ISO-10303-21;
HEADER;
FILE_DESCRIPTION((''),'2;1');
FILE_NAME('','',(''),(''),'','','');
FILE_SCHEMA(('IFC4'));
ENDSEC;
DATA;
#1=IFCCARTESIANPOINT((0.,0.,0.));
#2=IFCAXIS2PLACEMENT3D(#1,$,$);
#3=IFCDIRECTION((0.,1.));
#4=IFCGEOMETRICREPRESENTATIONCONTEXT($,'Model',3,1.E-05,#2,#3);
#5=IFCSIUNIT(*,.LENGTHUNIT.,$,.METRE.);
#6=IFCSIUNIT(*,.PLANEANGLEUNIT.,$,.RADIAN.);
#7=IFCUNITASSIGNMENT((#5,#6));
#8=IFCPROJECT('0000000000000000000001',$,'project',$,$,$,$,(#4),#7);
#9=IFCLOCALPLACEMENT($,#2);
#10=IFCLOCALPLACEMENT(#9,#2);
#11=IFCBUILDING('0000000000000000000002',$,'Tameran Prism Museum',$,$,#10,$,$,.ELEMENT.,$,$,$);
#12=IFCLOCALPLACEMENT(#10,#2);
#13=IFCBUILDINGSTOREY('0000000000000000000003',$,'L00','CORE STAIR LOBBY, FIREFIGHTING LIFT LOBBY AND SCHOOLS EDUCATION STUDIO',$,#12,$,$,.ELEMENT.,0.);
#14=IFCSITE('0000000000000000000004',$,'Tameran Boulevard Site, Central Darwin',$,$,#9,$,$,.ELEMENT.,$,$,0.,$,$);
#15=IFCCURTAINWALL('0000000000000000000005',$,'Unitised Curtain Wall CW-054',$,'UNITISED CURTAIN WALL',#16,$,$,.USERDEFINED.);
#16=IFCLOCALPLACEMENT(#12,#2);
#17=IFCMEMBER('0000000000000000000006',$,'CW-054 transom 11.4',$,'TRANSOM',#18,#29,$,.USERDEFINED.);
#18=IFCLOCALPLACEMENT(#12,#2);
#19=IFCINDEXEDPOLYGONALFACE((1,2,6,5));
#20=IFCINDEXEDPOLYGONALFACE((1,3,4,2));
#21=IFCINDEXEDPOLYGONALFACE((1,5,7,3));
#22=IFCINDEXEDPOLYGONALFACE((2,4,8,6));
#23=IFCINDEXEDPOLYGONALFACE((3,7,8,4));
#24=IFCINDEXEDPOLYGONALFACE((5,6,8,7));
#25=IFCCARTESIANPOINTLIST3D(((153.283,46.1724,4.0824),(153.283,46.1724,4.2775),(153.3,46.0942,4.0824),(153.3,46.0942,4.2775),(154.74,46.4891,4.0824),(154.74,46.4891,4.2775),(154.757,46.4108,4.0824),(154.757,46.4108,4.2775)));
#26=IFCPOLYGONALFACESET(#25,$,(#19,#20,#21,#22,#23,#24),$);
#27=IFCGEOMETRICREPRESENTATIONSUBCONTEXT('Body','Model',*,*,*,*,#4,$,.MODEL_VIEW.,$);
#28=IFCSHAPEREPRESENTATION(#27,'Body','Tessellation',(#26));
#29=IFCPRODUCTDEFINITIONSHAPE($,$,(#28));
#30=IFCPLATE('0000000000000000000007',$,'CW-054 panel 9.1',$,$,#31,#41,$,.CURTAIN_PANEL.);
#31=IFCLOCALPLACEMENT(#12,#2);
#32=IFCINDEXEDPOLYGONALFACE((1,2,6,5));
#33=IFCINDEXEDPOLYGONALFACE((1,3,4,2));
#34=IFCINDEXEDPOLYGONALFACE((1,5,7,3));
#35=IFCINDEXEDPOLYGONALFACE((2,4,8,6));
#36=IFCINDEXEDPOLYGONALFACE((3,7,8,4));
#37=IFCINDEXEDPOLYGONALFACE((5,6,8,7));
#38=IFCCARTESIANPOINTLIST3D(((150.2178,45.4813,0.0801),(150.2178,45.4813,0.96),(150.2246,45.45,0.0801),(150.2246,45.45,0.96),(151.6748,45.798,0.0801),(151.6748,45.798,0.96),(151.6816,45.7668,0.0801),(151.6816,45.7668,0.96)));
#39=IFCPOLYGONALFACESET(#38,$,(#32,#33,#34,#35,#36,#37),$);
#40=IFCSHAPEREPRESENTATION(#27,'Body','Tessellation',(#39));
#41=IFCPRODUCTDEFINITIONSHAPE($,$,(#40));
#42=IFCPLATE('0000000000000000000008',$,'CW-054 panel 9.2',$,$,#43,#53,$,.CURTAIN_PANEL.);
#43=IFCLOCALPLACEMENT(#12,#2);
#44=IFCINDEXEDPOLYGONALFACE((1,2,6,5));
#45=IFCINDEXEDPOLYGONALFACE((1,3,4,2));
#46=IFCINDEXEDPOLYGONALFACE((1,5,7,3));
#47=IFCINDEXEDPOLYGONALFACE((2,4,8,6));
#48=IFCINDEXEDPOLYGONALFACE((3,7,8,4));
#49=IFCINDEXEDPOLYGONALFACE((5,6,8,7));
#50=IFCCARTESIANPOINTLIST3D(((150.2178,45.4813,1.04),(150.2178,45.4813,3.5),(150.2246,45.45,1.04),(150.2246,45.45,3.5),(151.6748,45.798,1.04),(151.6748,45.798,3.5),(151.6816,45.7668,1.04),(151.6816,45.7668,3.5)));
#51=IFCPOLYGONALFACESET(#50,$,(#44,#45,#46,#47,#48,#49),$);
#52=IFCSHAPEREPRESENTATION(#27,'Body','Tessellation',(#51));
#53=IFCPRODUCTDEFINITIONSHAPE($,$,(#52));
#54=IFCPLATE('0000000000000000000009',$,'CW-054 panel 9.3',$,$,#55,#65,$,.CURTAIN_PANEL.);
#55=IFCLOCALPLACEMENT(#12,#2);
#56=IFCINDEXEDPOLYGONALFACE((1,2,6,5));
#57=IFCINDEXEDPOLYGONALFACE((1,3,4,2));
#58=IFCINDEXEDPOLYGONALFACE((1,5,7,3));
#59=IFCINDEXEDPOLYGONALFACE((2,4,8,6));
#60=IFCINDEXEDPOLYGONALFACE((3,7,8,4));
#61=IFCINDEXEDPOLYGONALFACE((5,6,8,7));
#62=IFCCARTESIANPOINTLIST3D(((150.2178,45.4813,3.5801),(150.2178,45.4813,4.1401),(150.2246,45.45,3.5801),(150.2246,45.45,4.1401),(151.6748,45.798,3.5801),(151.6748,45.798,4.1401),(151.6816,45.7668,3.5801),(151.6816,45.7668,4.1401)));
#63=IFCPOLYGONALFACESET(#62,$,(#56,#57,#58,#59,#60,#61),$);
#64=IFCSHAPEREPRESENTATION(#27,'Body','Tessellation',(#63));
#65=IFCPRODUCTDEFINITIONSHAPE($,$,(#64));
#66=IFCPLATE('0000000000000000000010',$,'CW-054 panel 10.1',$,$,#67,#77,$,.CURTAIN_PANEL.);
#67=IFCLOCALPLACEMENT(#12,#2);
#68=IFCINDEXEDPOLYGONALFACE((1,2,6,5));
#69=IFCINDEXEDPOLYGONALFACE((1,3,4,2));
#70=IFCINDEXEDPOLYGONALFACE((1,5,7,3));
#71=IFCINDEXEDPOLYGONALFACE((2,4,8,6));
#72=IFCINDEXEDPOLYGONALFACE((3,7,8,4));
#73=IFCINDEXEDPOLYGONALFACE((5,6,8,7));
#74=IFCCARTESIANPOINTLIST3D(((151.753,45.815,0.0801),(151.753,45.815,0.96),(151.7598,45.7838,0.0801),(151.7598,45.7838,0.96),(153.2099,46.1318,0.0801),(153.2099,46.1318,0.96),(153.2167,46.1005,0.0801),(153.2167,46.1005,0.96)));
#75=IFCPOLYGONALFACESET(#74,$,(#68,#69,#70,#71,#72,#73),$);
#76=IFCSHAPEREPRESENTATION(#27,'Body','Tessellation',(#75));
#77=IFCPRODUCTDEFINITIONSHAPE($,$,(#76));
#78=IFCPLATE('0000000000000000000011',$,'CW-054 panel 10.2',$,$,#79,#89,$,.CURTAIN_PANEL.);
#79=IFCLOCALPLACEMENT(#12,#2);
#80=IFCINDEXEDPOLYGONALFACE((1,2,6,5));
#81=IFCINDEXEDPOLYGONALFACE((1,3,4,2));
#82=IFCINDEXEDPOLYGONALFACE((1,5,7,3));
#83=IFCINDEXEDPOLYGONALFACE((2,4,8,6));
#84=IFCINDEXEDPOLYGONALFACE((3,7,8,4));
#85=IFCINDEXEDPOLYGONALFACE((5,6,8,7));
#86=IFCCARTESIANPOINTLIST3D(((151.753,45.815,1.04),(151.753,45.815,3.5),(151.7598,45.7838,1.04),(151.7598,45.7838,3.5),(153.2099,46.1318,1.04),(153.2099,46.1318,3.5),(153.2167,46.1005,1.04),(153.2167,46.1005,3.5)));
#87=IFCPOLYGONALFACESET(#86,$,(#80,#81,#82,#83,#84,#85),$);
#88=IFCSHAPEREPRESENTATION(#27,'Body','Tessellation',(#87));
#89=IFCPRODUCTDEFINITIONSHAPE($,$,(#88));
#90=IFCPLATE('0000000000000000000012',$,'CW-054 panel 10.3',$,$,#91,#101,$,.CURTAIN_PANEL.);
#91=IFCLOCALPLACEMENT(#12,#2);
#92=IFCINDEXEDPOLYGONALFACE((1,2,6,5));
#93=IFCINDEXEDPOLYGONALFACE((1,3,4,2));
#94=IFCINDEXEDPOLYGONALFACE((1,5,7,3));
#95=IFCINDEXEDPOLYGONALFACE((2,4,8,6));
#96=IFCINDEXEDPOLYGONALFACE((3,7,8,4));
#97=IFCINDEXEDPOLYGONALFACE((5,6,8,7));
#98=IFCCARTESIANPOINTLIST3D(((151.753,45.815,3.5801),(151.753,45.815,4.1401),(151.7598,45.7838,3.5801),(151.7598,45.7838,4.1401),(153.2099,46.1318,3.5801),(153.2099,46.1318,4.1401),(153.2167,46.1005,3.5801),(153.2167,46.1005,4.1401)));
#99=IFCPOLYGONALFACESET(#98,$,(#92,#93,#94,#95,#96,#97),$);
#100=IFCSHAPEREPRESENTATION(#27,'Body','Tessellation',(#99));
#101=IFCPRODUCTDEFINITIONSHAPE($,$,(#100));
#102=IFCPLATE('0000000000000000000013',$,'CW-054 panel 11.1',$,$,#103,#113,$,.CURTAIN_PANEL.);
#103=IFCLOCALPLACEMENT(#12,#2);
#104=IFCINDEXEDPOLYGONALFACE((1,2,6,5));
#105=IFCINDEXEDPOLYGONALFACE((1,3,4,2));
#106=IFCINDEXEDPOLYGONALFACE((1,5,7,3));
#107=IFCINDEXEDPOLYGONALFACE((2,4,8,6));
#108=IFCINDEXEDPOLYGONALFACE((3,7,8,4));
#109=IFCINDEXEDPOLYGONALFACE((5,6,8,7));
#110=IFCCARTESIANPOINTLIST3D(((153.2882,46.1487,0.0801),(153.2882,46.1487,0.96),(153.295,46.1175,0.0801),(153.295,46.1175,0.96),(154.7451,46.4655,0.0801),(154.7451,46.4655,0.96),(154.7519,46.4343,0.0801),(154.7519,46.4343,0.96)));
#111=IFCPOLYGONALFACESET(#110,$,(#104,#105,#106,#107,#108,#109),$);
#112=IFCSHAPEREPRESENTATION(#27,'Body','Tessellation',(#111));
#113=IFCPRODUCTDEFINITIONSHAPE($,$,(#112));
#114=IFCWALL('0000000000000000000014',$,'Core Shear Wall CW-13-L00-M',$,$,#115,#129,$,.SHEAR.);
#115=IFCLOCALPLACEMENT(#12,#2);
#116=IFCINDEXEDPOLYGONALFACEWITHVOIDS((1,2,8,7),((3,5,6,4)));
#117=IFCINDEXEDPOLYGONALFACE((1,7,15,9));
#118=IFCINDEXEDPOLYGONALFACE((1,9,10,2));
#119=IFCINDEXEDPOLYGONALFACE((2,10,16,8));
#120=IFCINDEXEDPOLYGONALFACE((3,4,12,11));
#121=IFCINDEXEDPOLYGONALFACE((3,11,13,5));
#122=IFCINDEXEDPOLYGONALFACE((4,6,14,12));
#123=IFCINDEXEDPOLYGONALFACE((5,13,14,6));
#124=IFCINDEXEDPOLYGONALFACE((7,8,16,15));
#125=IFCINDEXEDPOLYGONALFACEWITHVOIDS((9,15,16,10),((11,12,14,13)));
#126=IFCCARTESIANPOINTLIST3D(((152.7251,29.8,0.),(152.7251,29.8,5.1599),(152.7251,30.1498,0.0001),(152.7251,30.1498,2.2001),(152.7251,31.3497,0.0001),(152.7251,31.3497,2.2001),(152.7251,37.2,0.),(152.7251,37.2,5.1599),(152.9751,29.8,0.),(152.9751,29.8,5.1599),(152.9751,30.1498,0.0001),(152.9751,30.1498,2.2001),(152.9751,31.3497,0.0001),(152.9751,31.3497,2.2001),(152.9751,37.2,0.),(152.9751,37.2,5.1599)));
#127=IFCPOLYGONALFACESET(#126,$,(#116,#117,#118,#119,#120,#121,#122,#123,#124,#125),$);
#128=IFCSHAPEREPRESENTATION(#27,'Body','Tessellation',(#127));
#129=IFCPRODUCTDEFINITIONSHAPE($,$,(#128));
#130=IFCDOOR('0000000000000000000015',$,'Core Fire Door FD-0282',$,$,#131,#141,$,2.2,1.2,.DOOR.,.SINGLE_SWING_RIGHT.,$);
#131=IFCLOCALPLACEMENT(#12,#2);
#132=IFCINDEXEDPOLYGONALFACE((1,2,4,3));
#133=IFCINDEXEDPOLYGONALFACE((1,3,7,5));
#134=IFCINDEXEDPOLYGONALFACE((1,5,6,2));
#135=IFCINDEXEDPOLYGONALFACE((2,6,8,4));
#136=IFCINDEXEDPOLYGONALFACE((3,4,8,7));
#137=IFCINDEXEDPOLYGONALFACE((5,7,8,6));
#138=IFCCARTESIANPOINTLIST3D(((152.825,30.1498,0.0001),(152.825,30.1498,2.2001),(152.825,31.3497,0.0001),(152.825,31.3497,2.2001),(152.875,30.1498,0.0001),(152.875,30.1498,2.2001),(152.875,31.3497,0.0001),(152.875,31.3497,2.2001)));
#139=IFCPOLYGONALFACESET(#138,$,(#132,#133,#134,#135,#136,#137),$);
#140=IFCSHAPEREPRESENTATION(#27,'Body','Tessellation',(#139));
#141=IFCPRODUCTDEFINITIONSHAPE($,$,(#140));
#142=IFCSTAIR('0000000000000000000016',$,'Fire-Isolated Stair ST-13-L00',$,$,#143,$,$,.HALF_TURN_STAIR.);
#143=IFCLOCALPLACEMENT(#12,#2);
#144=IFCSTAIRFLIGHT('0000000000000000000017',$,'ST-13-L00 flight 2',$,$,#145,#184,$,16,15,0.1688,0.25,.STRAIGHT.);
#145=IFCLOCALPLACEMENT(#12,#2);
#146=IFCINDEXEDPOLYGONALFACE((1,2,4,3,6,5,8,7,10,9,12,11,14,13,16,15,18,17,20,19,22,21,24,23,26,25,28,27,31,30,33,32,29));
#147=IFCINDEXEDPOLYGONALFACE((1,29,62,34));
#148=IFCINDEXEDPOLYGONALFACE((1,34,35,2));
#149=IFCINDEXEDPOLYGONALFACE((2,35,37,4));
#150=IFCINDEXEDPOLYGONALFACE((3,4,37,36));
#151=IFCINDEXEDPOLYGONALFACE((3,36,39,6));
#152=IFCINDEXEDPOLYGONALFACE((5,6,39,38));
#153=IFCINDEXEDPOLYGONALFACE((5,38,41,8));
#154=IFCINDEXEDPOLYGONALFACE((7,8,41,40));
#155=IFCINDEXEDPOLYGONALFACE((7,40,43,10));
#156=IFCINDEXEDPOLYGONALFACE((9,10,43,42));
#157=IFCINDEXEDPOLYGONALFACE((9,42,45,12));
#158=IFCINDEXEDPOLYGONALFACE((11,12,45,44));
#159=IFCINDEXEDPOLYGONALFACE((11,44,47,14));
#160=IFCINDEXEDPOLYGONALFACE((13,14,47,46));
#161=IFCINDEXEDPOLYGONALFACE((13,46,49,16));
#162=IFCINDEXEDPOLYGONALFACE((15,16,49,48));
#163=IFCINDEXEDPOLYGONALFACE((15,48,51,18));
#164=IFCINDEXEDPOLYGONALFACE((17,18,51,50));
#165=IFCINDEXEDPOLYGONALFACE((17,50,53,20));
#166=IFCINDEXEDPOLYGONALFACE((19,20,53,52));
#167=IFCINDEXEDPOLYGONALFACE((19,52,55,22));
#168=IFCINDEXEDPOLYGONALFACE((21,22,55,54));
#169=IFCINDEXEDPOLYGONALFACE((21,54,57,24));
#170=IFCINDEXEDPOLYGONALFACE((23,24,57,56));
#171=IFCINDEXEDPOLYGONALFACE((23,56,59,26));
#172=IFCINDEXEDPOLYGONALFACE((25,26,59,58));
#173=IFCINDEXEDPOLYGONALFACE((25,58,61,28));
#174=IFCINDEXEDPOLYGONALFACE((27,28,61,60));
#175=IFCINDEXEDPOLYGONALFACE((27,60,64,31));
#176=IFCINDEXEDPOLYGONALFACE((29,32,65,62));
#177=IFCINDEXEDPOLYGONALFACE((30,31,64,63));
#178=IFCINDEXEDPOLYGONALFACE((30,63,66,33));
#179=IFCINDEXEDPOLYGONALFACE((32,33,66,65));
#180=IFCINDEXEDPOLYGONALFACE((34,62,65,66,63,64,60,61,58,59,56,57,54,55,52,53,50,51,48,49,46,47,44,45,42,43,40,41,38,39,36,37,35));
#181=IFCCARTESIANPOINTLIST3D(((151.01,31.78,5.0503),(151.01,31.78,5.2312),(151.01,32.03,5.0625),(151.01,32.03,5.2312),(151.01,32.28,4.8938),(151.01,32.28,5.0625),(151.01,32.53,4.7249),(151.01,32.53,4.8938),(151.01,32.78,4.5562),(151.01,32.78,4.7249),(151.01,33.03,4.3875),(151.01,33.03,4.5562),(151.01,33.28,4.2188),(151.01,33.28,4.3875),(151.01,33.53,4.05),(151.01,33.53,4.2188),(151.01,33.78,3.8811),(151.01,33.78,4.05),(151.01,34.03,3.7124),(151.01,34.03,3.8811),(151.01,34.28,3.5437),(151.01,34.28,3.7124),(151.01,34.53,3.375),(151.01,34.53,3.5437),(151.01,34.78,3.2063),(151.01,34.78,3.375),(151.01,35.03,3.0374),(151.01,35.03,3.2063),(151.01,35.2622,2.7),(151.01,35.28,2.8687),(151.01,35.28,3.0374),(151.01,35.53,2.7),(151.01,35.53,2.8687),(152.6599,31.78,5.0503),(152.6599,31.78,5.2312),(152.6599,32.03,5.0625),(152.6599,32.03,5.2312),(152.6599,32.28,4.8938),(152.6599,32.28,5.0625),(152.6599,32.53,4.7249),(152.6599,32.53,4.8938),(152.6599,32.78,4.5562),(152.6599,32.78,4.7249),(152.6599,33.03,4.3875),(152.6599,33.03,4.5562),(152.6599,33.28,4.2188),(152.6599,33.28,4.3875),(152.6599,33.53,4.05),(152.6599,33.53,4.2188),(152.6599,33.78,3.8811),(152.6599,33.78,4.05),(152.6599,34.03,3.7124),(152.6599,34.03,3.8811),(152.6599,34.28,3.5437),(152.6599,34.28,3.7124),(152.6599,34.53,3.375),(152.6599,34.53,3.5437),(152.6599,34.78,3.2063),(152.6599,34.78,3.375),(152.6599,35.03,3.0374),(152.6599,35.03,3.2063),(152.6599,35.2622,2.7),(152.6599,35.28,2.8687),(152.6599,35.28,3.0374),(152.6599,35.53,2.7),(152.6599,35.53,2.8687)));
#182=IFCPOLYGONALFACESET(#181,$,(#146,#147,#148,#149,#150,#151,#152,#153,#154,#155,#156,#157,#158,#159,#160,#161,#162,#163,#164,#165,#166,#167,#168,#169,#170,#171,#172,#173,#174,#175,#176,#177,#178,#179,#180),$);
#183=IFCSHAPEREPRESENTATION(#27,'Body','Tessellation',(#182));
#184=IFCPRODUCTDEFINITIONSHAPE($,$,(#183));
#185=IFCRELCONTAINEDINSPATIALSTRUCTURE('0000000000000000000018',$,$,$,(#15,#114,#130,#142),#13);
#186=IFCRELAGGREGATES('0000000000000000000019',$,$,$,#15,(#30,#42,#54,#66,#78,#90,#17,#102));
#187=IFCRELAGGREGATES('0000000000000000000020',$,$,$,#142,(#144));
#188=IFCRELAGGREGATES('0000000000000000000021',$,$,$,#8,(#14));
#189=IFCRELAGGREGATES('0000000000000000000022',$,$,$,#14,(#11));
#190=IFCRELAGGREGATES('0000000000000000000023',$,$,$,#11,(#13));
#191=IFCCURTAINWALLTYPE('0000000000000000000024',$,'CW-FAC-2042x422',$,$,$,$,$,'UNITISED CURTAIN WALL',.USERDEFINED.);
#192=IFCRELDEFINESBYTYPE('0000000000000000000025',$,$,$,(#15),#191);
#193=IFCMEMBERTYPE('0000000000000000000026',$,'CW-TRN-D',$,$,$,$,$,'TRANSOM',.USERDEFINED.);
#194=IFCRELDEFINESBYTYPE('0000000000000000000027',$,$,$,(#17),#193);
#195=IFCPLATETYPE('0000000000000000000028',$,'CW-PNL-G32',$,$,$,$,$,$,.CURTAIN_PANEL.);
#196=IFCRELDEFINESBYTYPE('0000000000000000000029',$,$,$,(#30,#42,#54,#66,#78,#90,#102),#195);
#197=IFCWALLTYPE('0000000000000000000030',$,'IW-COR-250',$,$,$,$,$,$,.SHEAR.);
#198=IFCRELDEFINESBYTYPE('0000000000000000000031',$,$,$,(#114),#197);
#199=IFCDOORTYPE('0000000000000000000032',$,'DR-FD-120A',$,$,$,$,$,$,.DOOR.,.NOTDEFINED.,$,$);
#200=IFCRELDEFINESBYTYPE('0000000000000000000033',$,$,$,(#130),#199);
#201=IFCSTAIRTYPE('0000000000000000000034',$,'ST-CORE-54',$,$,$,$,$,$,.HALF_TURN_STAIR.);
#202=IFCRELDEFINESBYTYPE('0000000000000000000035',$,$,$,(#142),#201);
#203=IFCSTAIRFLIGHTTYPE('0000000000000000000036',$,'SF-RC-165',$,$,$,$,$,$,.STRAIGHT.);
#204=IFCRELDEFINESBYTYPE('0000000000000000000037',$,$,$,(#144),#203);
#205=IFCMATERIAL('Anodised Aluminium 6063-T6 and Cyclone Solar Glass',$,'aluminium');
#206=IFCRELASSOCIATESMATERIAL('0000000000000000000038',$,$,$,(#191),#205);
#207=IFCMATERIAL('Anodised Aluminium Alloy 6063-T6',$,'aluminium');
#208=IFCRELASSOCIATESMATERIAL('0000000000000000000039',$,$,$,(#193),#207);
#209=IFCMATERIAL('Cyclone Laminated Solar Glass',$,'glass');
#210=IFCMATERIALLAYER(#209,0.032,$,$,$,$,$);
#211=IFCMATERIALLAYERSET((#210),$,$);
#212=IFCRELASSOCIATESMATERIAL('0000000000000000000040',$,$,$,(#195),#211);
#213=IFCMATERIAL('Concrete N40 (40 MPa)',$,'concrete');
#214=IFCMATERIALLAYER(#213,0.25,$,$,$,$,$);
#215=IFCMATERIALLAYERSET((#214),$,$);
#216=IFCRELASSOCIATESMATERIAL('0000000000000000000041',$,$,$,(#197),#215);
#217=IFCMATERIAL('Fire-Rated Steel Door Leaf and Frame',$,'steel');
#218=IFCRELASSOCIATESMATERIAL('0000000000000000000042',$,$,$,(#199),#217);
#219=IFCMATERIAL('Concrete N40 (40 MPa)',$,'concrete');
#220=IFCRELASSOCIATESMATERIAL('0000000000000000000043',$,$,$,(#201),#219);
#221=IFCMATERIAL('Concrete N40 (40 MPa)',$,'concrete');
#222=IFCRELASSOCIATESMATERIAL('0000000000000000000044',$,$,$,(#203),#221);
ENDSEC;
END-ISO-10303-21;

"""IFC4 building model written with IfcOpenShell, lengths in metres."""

from ifc_helpers import new_model, si_unit, direction, frame, frame_2d, origin, origin_2d, place, context, subcontext, project, spatial, polyline, rectangle, outline, extrude, material, layer, layer_set, material_profile, profile_set, type_object, element, fill, aggregate, save


model = new_model("IFC4")

# Units and contexts
model_context = context("Model", 3, precision=1e-05, world=origin(), true_north=direction((0.0, 1.0)))
body_context = subcontext(model_context, "Body", "Model", "MODEL_VIEW")
ifc_project = project(units=[si_unit("LENGTHUNIT", "METRE"), si_unit("PLANEANGLEUNIT", "RADIAN")], contexts=[model_context])

# Site, building, storey
site_placement = place(None, origin())
site = spatial("IfcSite", under=ifc_project, at=site_placement, Name="Tameran Boulevard Site, Central Darwin", CompositionType="ELEMENT", RefElevation=0.0)
building_placement = place(site_placement, origin())
building = spatial("IfcBuilding", under=site, at=building_placement, Name="Tameran Prism Museum", CompositionType="ELEMENT")
storey_placement = place(building_placement, origin())
storey = spatial("IfcBuildingStorey", under=building, at=storey_placement, Name="L00", Description="CORE STAIR LOBBY, FIREFIGHTING LIFT LOBBY AND SCHOOLS EDUCATION STUDIO", CompositionType="ELEMENT", Elevation=0.0)

# Curtain wall, member, plates
ifc_material_1 = material(Name="Anodised Aluminium 6063-T6 and Cyclone Solar Glass", Category="aluminium")
curtain_wall_type = type_object("IfcCurtainWallType", Name="CW-FAC-2042x422", ElementType="UNITISED CURTAIN WALL", PredefinedType="USERDEFINED", material=ifc_material_1)
curtain_wall_placement = place(storey_placement, origin())
curtain_wall = element("IfcCurtainWall", 1, at=curtain_wall_placement, inside=storey, type_object=curtain_wall_type, Name="Unitised Curtain Wall CW-054", ObjectType="UNITISED CURTAIN WALL", PredefinedType="USERDEFINED")
ifc_material_2 = material(Name="Anodised Aluminium Alloy 6063-T6", Category="aluminium")
ifc_material_profile_1 = material_profile(ifc_material_2, rectangle(XDim=0.0801, YDim=0.1951, at=origin_2d()))
ifc_profile_set_1 = profile_set([ifc_material_profile_1])
member_type_1 = type_object("IfcMemberType", Name="CW-TRN-D", ElementType="TRANSOM", PredefinedType="USERDEFINED", material=ifc_profile_set_1)
member_1_placement = place(storey_placement, frame((153.2915, 46.1333, 4.1799), z_axis=(0.97719, 0.212368, 0.0), x_axis=(-0.212368, 0.97719, 0.0)))
member_1 = element("IfcMember", 2, at=member_1_placement, type_object=member_type_1, Name="CW-054 transom 11.4", ObjectType="TRANSOM", PredefinedType="USERDEFINED", context=body_context, shape_type="SweptSolid", body=[
    extrude(rectangle(XDim=0.0801, YDim=0.1951, at=origin_2d()), origin(), (0.0, 0.0, 1.0), 1.491),
])
ifc_material_3 = material(Name="Cyclone Laminated Solar Glass", Category="glass")
ifc_layer_1 = layer(ifc_material_3, 0.032)
ifc_layer_set_1 = layer_set([ifc_layer_1])
plate_type = type_object("IfcPlateType", Name="CW-PNL-G32", PredefinedType="CURTAIN_PANEL", material=ifc_layer_set_1)
plate_1_placement = place(storey_placement, frame((150.9497, 45.624, 0.0801), z_axis=(0.0, 0.0, 1.0), x_axis=(0.977171, 0.212454, 0.0)))
plate_1 = element("IfcPlate", 3, at=plate_1_placement, type_object=plate_type, Name="CW-054 panel 9.1", PredefinedType="CURTAIN_PANEL", context=body_context, shape_type="SweptSolid", body=[
    extrude(rectangle(XDim=1.491, YDim=0.032, at=origin_2d()), origin(), (0.0, 0.0, 1.0), 0.8799),
])
plate_2_placement = place(storey_placement, frame((150.9497, 45.624, 1.04), z_axis=(0.0, 0.0, 1.0), x_axis=(0.977171, 0.212454, 0.0)))
plate_2 = element("IfcPlate", 4, at=plate_2_placement, type_object=plate_type, Name="CW-054 panel 9.2", PredefinedType="CURTAIN_PANEL", context=body_context, shape_type="SweptSolid", body=[
    extrude(rectangle(XDim=1.491, YDim=0.032, at=origin_2d()), origin(), (0.0, 0.0, 1.0), 2.46),
])
plate_3_placement = place(storey_placement, frame((150.9497, 45.624, 3.5801), z_axis=(0.0, 0.0, 1.0), x_axis=(0.977171, 0.212454, 0.0)))
plate_3 = element("IfcPlate", 5, at=plate_3_placement, type_object=plate_type, Name="CW-054 panel 9.3", PredefinedType="CURTAIN_PANEL", context=body_context, shape_type="SweptSolid", body=[
    extrude(rectangle(XDim=1.491, YDim=0.032, at=origin_2d()), origin(), (0.0, 0.0, 1.0), 0.5601),
])
plate_4_placement = place(storey_placement, frame((152.4849, 45.9578, 0.0801), z_axis=(0.0, 0.0, 1.0), x_axis=(0.977171, 0.212454, 0.0)))
plate_4 = element("IfcPlate", 6, at=plate_4_placement, type_object=plate_type, Name="CW-054 panel 10.1", PredefinedType="CURTAIN_PANEL", context=body_context, shape_type="SweptSolid", body=[
    extrude(rectangle(XDim=1.491, YDim=0.032, at=origin_2d()), origin(), (0.0, 0.0, 1.0), 0.8799),
])
plate_5_placement = place(storey_placement, frame((152.4849, 45.9578, 1.04), z_axis=(0.0, 0.0, 1.0), x_axis=(0.977171, 0.212454, 0.0)))
plate_5 = element("IfcPlate", 7, at=plate_5_placement, type_object=plate_type, Name="CW-054 panel 10.2", PredefinedType="CURTAIN_PANEL", context=body_context, shape_type="SweptSolid", body=[
    extrude(rectangle(XDim=1.491, YDim=0.032, at=origin_2d()), origin(), (0.0, 0.0, 1.0), 2.46),
])
plate_6_placement = place(storey_placement, frame((152.4849, 45.9578, 3.5801), z_axis=(0.0, 0.0, 1.0), x_axis=(0.977171, 0.212454, 0.0)))
plate_6 = element("IfcPlate", 8, at=plate_6_placement, type_object=plate_type, Name="CW-054 panel 10.3", PredefinedType="CURTAIN_PANEL", context=body_context, shape_type="SweptSolid", body=[
    extrude(rectangle(XDim=1.491, YDim=0.032, at=origin_2d()), origin(), (0.0, 0.0, 1.0), 0.5601),
])
plate_7_placement = place(storey_placement, frame((154.02, 46.2915, 0.0801), z_axis=(0.0, 0.0, 1.0), x_axis=(0.977171, 0.212454, 0.0)))
plate_7 = element("IfcPlate", 9, at=plate_7_placement, type_object=plate_type, Name="CW-054 panel 11.1", PredefinedType="CURTAIN_PANEL", context=body_context, shape_type="SweptSolid", body=[
    extrude(rectangle(XDim=1.491, YDim=0.032, at=origin_2d()), origin(), (0.0, 0.0, 1.0), 0.8799),
])
aggregate(curtain_wall, [plate_1, plate_2, plate_3, plate_4, plate_5, plate_6, member_1, plate_7])

# Wall, opening, door
ifc_material_4 = material(Name="Concrete N40 (40 MPa)", Category="concrete")
ifc_layer_2 = layer(ifc_material_4, 0.25)
ifc_layer_set_2 = layer_set([ifc_layer_2])
wall_type = type_object("IfcWallType", Name="IW-COR-250", PredefinedType="SHEAR", material=ifc_layer_set_2)
wall_placement = place(storey_placement, frame((152.8501, 37.2, 0.0), z_axis=(0.0, 0.0, 1.0), x_axis=(0.0, -1.0, 0.0)))
wall = element("IfcWall", 10, at=wall_placement, inside=storey, type_object=wall_type, Name="Core Shear Wall CW-13-L00-M", PredefinedType="SHEAR", context=body_context, shape_type="SweptSolid", body=[
    extrude(rectangle(XDim=7.3999, YDim=0.25, at=frame_2d((3.7, 0.0))), origin(), (0.0, 0.0, 1.0), 5.1599),
])
opening_placement = place(wall_placement, frame((5.8501, 0.0, 0.0)))
opening = element("IfcOpeningElement", 11, at=opening_placement, cuts=wall, PredefinedType="OPENING", context=body_context, shape_type="SweptSolid", body=[
    extrude(rectangle(XDim=1.2, YDim=2.2, at=frame_2d((0.6001, 1.1001))), frame((0.0, 0.135, 0.0), z_axis=(0.0, -1.0, 0.0), x_axis=(1.0, 0.0, 0.0)), (0.0, 0.0, 1.0), 0.27),
])
ifc_material_5 = material(Name="Fire-Rated Steel Door Leaf and Frame", Category="steel")
door_type = type_object("IfcDoorType", Name="DR-FD-120A", OperationType="NOTDEFINED", PredefinedType="DOOR", material=ifc_material_5)
door_placement = place(opening_placement, origin())
door = element("IfcDoor", 12, at=door_placement, inside=storey, type_object=door_type, Name="Core Fire Door FD-0282", OperationType="SINGLE_SWING_RIGHT", OverallHeight=2.2, OverallWidth=1.2, PredefinedType="DOOR", context=body_context, shape_type="SweptSolid", body=[
    extrude(rectangle(XDim=1.2, YDim=2.2, at=frame_2d((0.6001, 1.1001))), frame((0.0, 0.0249, 0.0), z_axis=(0.0, -1.0, 0.0), x_axis=(1.0, 0.0, 0.0)), (0.0, 0.0, 1.0), 0.05),
])
fill(opening, door)

# Stair, stair flight
ifc_material_6 = material(Name="Concrete N40 (40 MPa)", Category="concrete")
stair_type = type_object("IfcStairType", Name="ST-CORE-54", PredefinedType="HALF_TURN_STAIR", material=ifc_material_6)
stair_placement = place(storey_placement, origin())
stair = element("IfcStair", 13, at=stair_placement, inside=storey, type_object=stair_type, Name="Fire-Isolated Stair ST-13-L00", PredefinedType="HALF_TURN_STAIR")
ifc_material_7 = material(Name="Concrete N40 (40 MPa)", Category="concrete")
stair_flight_type = type_object("IfcStairFlightType", Name="SF-RC-165", PredefinedType="STRAIGHT", material=ifc_material_7)
stair_flight_placement = place(storey_placement, frame((151.835, 35.53, 2.7), z_axis=(0.0, 0.0, 1.0), x_axis=(0.0, -1.0, 0.0)))
stair_flight = element("IfcStairFlight", 14, at=stair_flight_placement, type_object=stair_flight_type, Name="ST-13-L00 flight 2", NumberOfRisers=16, NumberOfTreads=15, PredefinedType="STRAIGHT", RiserHeight=0.1688, TreadLength=0.25, context=body_context, shape_type="SweptSolid", body=[
    extrude(outline(polyline([(0.0, 0.0), (0.0, 0.1687), (0.25, 0.1687), (0.25, 0.3374), (0.5, 0.3374), (0.5, 0.5063), (0.75, 0.5063), (0.75, 0.675), (1.0, 0.675), (1.0, 0.8438), (1.25, 0.8438), (1.25, 1.0125), (1.5, 1.0125), (1.5, 1.1812), (1.75, 1.1812), (1.75, 1.3501), (2.0, 1.3501), (2.0, 1.5188), (2.25, 1.5188), (2.25, 1.6875), (2.5, 1.6875), (2.5, 1.8562), (2.75, 1.8562), (2.75, 2.0249), (3.0, 2.0249), (3.0, 2.1938), (3.25, 2.1938), (3.25, 2.3625), (3.5, 2.3625), (3.5, 2.5312), (3.75, 2.5312), (3.75, 2.7), (3.75, 2.3503), (0.2678, 0.0), (0.0, 0.0)])), frame((0.0, 0.825, 0.0), z_axis=(0.0, -1.0, 0.0), x_axis=(1.0, 0.0, 0.0)), (0.0, 0.0, 1.0), 1.6499),
])
aggregate(stair, [stair_flight])

save(model, "model.ifc")
